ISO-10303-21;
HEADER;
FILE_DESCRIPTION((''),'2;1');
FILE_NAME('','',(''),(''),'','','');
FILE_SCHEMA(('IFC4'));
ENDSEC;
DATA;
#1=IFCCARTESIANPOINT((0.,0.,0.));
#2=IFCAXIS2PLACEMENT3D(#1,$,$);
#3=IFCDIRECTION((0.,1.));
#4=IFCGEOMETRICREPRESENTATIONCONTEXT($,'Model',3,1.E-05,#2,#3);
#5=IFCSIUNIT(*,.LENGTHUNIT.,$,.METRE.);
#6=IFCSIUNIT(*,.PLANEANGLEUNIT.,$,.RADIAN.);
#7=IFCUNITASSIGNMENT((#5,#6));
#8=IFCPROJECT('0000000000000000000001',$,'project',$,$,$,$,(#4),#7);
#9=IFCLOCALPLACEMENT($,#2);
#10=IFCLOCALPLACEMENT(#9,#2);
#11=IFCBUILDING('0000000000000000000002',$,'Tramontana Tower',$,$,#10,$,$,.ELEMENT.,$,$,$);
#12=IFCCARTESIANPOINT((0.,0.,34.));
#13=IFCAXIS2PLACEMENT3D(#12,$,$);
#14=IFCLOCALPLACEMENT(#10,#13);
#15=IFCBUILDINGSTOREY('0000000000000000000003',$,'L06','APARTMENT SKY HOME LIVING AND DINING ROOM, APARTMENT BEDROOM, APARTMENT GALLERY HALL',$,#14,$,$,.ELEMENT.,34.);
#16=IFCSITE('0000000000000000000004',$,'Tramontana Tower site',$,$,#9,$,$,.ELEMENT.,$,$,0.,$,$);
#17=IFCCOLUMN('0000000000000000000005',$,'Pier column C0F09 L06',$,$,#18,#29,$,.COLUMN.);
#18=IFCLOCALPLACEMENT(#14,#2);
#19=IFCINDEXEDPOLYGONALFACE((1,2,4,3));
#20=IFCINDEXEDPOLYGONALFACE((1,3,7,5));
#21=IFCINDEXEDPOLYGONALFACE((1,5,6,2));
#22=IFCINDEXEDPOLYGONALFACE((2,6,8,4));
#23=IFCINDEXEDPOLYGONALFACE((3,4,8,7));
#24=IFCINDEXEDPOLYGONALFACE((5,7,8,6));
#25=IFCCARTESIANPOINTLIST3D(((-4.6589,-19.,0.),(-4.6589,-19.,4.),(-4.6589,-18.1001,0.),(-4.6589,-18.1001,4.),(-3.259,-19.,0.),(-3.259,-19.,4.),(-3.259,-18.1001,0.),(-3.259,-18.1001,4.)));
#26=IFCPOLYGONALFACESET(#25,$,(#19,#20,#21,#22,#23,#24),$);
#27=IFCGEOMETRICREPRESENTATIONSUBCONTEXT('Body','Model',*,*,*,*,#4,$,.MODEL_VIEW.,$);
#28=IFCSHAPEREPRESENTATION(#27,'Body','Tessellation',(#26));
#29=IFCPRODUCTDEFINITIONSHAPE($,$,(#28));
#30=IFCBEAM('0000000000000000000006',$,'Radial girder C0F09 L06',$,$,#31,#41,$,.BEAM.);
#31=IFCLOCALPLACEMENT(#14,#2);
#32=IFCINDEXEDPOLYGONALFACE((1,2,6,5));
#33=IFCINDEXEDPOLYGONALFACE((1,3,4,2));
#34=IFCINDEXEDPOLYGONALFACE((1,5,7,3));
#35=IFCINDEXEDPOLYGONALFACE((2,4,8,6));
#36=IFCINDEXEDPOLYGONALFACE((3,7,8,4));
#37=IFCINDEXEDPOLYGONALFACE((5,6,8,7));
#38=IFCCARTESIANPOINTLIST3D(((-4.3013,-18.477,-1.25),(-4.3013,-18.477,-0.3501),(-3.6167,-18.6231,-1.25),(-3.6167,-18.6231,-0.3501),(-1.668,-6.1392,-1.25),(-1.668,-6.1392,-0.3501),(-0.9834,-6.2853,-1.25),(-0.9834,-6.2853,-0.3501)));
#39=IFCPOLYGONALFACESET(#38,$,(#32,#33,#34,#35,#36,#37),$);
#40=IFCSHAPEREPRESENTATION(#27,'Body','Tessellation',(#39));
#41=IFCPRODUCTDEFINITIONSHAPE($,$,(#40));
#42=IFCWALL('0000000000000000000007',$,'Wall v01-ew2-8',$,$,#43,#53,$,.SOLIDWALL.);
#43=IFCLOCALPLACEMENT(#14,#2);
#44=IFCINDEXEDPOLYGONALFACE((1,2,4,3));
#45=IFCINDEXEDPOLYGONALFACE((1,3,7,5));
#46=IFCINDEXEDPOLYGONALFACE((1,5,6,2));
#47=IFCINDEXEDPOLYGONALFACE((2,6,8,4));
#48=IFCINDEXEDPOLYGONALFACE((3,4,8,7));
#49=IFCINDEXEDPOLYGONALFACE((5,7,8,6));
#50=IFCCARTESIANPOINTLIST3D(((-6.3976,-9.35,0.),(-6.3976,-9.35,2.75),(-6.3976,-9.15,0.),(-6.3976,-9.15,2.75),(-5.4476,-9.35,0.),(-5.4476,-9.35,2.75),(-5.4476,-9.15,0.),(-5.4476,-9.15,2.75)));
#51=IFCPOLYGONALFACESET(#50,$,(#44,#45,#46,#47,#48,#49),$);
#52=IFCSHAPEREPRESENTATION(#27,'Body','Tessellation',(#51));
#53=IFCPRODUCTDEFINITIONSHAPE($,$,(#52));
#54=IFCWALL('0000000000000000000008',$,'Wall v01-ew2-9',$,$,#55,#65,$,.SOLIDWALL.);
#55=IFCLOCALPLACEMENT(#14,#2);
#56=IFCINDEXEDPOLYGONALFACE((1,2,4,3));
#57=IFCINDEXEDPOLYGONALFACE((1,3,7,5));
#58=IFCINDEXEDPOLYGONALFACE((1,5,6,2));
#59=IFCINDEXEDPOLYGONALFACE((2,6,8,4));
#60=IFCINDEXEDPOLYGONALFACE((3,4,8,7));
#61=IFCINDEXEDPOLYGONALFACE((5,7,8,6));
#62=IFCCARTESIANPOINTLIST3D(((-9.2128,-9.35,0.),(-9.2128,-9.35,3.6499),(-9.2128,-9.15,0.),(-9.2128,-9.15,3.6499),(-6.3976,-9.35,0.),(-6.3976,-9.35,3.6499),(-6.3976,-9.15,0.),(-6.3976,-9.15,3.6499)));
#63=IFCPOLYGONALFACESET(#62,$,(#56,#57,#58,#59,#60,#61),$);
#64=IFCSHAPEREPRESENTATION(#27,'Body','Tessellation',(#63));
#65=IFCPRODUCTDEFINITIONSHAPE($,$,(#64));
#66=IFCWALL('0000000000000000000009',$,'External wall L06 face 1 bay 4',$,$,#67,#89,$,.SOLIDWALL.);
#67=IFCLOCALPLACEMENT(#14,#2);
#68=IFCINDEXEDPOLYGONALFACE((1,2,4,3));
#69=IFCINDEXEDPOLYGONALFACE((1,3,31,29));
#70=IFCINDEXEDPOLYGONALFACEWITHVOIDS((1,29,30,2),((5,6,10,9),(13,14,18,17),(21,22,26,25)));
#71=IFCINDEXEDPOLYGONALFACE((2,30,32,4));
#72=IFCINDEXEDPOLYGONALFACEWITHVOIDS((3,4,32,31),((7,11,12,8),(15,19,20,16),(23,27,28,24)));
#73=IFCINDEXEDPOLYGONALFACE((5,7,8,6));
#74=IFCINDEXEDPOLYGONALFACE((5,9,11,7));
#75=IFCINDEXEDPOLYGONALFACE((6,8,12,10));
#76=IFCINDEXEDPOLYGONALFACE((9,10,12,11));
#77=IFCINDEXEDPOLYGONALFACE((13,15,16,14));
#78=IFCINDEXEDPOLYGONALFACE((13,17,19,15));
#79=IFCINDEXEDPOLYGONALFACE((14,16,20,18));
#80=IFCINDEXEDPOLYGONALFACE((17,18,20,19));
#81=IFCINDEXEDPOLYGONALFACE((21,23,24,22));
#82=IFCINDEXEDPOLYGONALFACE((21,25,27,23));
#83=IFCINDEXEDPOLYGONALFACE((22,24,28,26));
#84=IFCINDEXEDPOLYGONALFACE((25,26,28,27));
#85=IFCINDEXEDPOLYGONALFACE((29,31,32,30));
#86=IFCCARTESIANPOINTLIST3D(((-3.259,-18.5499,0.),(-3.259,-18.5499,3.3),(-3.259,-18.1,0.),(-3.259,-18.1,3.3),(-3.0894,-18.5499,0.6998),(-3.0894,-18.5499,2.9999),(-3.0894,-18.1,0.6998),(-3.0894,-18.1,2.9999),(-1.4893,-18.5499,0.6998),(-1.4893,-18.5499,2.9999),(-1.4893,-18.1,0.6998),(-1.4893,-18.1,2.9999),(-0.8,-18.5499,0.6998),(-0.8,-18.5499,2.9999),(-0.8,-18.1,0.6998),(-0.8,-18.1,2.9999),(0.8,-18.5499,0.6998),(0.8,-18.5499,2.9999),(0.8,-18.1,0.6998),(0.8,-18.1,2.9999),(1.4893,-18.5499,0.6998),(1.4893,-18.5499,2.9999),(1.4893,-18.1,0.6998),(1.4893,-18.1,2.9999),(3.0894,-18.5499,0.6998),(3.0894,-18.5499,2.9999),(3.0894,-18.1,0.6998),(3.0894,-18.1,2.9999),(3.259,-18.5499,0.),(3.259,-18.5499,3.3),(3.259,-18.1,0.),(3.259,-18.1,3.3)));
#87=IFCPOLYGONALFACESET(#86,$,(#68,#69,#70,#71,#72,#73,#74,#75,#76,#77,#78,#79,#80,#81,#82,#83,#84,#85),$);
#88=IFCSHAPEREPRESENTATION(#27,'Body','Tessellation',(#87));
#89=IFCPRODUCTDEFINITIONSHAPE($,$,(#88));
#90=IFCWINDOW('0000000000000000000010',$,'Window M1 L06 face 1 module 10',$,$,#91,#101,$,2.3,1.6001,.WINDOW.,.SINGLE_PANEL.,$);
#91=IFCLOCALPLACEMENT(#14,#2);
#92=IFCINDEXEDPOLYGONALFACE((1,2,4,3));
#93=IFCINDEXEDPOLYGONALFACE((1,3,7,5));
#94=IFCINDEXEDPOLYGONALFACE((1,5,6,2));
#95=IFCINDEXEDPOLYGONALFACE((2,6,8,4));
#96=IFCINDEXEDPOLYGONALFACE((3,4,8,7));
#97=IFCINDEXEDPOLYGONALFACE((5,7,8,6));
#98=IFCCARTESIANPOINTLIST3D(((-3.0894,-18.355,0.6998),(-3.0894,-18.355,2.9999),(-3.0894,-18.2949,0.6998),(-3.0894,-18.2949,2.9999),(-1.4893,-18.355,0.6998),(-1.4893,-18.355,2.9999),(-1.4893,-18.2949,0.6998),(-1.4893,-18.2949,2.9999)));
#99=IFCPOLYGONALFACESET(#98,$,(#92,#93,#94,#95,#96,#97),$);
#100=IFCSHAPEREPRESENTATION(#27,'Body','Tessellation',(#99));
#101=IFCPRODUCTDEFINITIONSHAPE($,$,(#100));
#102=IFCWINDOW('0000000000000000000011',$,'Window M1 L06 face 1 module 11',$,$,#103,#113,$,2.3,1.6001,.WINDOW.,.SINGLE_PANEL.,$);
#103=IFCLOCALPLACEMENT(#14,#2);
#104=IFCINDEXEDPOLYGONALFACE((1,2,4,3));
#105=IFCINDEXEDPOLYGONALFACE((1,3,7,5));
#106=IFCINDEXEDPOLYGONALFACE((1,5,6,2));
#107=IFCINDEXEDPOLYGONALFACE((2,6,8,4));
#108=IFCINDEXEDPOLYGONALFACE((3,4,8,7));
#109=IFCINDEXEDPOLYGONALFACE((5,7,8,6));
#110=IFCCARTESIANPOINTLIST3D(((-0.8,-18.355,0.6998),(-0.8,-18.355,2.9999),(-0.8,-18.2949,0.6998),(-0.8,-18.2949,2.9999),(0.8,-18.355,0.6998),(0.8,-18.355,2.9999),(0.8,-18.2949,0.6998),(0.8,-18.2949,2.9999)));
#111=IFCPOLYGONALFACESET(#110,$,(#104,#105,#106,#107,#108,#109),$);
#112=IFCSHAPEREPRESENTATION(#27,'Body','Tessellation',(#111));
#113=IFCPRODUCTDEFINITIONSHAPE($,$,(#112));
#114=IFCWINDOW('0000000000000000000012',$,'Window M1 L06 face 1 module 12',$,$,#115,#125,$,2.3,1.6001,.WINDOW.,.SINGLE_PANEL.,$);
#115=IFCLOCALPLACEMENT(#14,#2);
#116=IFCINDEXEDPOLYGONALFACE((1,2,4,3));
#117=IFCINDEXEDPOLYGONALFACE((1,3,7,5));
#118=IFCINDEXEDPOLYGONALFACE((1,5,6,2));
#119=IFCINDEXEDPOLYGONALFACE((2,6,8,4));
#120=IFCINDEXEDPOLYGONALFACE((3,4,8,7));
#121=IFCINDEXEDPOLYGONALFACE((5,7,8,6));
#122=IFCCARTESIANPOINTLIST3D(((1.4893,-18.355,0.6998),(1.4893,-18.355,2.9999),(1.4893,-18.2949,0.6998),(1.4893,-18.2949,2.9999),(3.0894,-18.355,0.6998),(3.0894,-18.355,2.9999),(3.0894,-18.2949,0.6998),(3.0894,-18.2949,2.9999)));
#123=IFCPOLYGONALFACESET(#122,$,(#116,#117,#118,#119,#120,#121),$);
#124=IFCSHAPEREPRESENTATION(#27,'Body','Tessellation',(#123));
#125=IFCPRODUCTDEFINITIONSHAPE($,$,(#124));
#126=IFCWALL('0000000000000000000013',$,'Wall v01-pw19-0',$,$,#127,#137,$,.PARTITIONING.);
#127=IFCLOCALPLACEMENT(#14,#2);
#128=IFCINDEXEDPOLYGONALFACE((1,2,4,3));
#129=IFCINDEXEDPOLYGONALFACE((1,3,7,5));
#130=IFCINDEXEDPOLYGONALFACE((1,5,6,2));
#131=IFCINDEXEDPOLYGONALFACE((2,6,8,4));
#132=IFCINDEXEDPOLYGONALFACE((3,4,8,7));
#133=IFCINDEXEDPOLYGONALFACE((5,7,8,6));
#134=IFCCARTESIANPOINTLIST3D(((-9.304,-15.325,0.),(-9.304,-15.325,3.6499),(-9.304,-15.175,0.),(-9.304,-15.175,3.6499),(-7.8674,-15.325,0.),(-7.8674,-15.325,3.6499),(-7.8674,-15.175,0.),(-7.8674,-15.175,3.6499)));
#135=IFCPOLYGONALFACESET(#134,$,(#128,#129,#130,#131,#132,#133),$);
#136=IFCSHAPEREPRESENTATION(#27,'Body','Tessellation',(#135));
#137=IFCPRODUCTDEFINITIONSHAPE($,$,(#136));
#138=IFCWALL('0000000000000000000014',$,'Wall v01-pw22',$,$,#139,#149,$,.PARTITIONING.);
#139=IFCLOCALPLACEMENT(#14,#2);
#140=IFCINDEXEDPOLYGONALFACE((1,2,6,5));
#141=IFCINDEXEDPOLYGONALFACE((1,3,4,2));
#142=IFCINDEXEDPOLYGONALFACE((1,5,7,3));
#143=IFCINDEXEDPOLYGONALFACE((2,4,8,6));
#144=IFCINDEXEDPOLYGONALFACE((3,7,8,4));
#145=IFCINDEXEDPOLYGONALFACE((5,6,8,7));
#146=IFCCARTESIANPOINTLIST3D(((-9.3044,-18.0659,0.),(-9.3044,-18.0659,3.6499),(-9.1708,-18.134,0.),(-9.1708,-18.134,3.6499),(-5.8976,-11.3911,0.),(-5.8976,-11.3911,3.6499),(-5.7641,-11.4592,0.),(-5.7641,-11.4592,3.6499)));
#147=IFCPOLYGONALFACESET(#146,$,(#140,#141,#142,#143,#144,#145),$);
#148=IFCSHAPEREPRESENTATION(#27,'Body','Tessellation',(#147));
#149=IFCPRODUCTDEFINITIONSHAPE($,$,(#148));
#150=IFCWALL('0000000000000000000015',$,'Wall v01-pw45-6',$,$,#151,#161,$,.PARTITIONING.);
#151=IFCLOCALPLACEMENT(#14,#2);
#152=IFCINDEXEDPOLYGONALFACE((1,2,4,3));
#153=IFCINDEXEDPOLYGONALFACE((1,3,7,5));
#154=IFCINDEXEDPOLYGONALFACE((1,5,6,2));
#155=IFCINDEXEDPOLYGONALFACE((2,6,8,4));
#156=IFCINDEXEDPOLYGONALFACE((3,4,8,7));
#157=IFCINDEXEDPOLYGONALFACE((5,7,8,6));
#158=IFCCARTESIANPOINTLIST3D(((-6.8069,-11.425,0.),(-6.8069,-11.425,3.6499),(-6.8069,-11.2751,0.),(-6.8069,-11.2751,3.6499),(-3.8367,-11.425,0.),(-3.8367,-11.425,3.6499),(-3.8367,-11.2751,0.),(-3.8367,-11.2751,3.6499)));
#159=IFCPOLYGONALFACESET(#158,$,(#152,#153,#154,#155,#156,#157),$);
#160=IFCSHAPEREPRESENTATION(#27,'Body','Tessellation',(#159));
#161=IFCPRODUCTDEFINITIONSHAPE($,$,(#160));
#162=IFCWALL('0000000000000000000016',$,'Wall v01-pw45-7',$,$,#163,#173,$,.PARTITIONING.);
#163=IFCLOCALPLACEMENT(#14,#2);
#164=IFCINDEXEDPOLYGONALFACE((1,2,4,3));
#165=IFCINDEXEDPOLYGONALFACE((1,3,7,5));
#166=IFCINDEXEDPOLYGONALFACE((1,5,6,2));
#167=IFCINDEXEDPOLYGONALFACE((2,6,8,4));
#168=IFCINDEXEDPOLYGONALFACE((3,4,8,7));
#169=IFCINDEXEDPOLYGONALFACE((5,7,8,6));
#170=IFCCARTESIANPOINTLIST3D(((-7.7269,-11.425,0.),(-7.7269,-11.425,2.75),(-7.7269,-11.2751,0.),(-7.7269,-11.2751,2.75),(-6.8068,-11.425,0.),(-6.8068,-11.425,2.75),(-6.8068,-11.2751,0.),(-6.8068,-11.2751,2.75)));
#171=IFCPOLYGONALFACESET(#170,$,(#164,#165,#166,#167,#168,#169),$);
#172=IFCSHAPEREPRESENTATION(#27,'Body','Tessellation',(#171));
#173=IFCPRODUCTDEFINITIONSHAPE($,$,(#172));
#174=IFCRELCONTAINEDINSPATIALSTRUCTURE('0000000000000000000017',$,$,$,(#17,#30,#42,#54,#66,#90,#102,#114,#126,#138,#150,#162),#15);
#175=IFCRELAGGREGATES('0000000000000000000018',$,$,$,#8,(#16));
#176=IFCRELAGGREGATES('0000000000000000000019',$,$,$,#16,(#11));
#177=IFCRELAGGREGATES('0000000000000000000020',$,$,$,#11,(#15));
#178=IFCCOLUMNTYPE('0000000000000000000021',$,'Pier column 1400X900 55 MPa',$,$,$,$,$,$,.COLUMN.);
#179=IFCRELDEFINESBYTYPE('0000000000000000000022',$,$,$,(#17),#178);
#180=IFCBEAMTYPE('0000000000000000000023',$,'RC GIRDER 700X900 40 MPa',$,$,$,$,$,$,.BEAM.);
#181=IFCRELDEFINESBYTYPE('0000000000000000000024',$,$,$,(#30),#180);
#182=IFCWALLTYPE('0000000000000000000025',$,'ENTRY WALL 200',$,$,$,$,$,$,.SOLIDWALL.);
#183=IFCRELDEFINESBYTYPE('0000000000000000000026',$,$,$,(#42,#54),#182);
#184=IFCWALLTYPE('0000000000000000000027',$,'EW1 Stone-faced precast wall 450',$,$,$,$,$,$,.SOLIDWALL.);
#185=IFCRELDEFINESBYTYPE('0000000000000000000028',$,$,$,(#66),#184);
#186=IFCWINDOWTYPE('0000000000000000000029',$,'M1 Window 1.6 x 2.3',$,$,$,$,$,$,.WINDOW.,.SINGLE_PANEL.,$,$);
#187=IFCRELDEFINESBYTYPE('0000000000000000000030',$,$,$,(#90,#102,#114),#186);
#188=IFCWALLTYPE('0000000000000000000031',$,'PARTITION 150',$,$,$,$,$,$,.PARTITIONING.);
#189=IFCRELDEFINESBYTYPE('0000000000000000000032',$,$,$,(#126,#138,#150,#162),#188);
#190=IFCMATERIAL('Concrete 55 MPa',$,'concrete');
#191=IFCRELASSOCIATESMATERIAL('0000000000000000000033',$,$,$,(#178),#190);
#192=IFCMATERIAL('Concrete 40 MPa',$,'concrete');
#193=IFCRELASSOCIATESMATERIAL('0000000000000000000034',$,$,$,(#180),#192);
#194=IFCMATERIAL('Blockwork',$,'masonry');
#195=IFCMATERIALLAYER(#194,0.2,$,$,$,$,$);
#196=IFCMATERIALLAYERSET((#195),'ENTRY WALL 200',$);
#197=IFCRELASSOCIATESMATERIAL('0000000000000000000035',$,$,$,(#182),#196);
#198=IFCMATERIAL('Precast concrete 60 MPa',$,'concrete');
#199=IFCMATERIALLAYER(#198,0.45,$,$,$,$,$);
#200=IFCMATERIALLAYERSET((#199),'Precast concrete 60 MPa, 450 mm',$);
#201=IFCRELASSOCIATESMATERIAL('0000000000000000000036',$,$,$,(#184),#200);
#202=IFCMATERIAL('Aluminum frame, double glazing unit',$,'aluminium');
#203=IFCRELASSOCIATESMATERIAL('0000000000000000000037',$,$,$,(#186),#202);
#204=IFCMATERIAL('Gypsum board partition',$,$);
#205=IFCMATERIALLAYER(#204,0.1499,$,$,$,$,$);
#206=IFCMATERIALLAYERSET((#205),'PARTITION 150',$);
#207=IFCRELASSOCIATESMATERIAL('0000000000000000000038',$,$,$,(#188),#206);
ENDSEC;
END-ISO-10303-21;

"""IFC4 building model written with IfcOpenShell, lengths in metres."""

from ifc_helpers import new_model, si_unit, direction, frame, frame_2d, origin, origin_2d, place, context, subcontext, project, spatial, rectangle, extrude, material, layer, layer_set, material_profile, profile_set, type_object, element, fill, save


model = new_model("IFC4")

# Units and contexts
model_context = context("Model", 3, precision=1e-05, world=origin(), true_north=direction((0.0, 1.0)))
body_context = subcontext(model_context, "Body", "Model", "MODEL_VIEW")
ifc_project = project(units=[si_unit("LENGTHUNIT", "METRE"), si_unit("PLANEANGLEUNIT", "RADIAN")], contexts=[model_context])

# Site, building, storey
site_placement = place(None, origin())
site = spatial("IfcSite", under=ifc_project, at=site_placement, Name="Tramontana Tower site", CompositionType="ELEMENT", RefElevation=0.0)
building_placement = place(site_placement, origin())
building = spatial("IfcBuilding", under=site, at=building_placement, Name="Tramontana Tower", CompositionType="ELEMENT")
storey_placement = place(building_placement, frame((0.0, 0.0, 34.0)))
storey = spatial("IfcBuildingStorey", under=building, at=storey_placement, Name="L06", Description="APARTMENT SKY HOME LIVING AND DINING ROOM, APARTMENT BEDROOM, APARTMENT GALLERY HALL", CompositionType="ELEMENT", Elevation=34.0)

# Column
ifc_material_1 = material(Name="Concrete 55 MPa", Category="concrete")
ifc_material_profile_1 = material_profile(ifc_material_1, rectangle(XDim=1.3999, YDim=0.8999, at=origin_2d()), Name="Pier column 1400X900 55 MPa")
ifc_profile_set_1 = profile_set([ifc_material_profile_1], Name="Concrete 55 MPa")
column_type = type_object("IfcColumnType", Name="Pier column 1400X900 55 MPa", PredefinedType="COLUMN", material=ifc_profile_set_1)
column_placement = place(storey_placement, frame((-3.959, -18.55, 0.0), z_axis=(0.0, 0.0, 1.0), x_axis=(1.0, 0.0, 0.0)))
element("IfcColumn", 1, at=column_placement, inside=storey, type_object=column_type, Name="Pier column C0F09 L06", PredefinedType="COLUMN", context=body_context, shape_type="SweptSolid", body=[
    extrude(rectangle(XDim=1.3999, YDim=0.8999, at=origin_2d()), origin(), (0.0, 0.0, 1.0), 4.0),
])

# Beam
ifc_material_2 = material(Name="Concrete 40 MPa", Category="concrete")
ifc_material_profile_2 = material_profile(ifc_material_2, rectangle(XDim=0.7, YDim=0.8999, at=origin_2d()), Name="RC GIRDER 700X900 40 MPa")
ifc_profile_set_2 = profile_set([ifc_material_profile_2], Name="Concrete 40 MPa")
beam_type = type_object("IfcBeamType", Name="RC GIRDER 700X900 40 MPa", PredefinedType="BEAM", material=ifc_profile_set_2)
beam_placement = place(storey_placement, frame((-3.959, -18.55, -0.8), z_axis=(0.208731, 0.977973, 0.0), x_axis=(-0.977973, 0.208731, 0.0)))
element("IfcBeam", 2, at=beam_placement, inside=storey, type_object=beam_type, Name="Radial girder C0F09 L06", PredefinedType="BEAM", context=body_context, shape_type="SweptSolid", body=[
    extrude(rectangle(XDim=0.7, YDim=0.8999, at=origin_2d()), origin(), (0.0, 0.0, 1.0), 12.6157),
])

# Walls
ifc_material_3 = material(Name="Blockwork", Category="masonry")
ifc_layer_1 = layer(ifc_material_3, 0.2)
ifc_layer_set_1 = layer_set([ifc_layer_1], Name="ENTRY WALL 200")
wall_type_1 = type_object("IfcWallType", Name="ENTRY WALL 200", PredefinedType="SOLIDWALL", material=ifc_layer_set_1)
wall_1_placement = place(storey_placement, frame((-5.4475, -9.25, 0.0), z_axis=(0.0, 0.0, 1.0), x_axis=(-1.0, 0.0, 0.0)))
element("IfcWall", 3, at=wall_1_placement, inside=storey, type_object=wall_type_1, Name="Wall v01-ew2-8", PredefinedType="SOLIDWALL", context=body_context, shape_type="SweptSolid", body=[
    extrude(rectangle(XDim=0.95, YDim=0.2, at=frame_2d((0.4751, 0.0))), origin(), (0.0, 0.0, 1.0), 2.75),
])
wall_2_placement = place(storey_placement, frame((-6.3975, -9.25, 0.0), z_axis=(0.0, 0.0, 1.0), x_axis=(-1.0, 0.0, 0.0)))
element("IfcWall", 4, at=wall_2_placement, inside=storey, type_object=wall_type_1, Name="Wall v01-ew2-9", PredefinedType="SOLIDWALL", context=body_context, shape_type="SweptSolid", body=[
    extrude(rectangle(XDim=2.8152, YDim=0.2, at=frame_2d((1.4077, 0.0))), origin(), (0.0, 0.0, 1.0), 3.6499),
])

# Wall, openings, windows
ifc_material_4 = material(Name="Precast concrete 60 MPa", Category="concrete")
ifc_layer_2 = layer(ifc_material_4, 0.45)
ifc_layer_set_2 = layer_set([ifc_layer_2], Name="Precast concrete 60 MPa, 450 mm")
wall_type_2 = type_object("IfcWallType", Name="EW1 Stone-faced precast wall 450", PredefinedType="SOLIDWALL", material=ifc_layer_set_2)
wall_3_placement = place(storey_placement, frame((-3.259, -18.325, 0.0), z_axis=(0.0, 0.0, 1.0), x_axis=(1.0, 0.0, 0.0)))
wall_3 = element("IfcWall", 5, at=wall_3_placement, inside=storey, type_object=wall_type_2, Name="External wall L06 face 1 bay 4", PredefinedType="SOLIDWALL", context=body_context, shape_type="SweptSolid", body=[
    extrude(rectangle(XDim=6.5181, YDim=0.45, at=frame_2d((3.259, 0.0))), origin(), (0.0, 0.0, 1.0), 3.3),
])
opening_1_placement = place(wall_3_placement, frame((0.1697, 0.0, 0.7)))
opening_1 = element("IfcOpeningElement", 6, at=opening_1_placement, cuts=wall_3, PredefinedType="OPENING", context=body_context, shape_type="SweptSolid", body=[
    extrude(rectangle(XDim=1.6001, YDim=2.3, at=frame_2d((0.8, 1.1499))), frame((0.0, 0.2349, 0.0), z_axis=(0.0, -1.0, 0.0), x_axis=(1.0, 0.0, 0.0)), (0.0, 0.0, 1.0), 0.47),
])
opening_2_placement = place(wall_3_placement, frame((2.459, 0.0, 0.7)))
opening_2 = element("IfcOpeningElement", 7, at=opening_2_placement, cuts=wall_3, PredefinedType="OPENING", context=body_context, shape_type="SweptSolid", body=[
    extrude(rectangle(XDim=1.6001, YDim=2.3, at=frame_2d((0.8, 1.1499))), frame((0.0, 0.2349, 0.0), z_axis=(0.0, -1.0, 0.0), x_axis=(1.0, 0.0, 0.0)), (0.0, 0.0, 1.0), 0.47),
])
opening_3_placement = place(wall_3_placement, frame((4.7483, 0.0, 0.7)))
opening_3 = element("IfcOpeningElement", 8, at=opening_3_placement, cuts=wall_3, PredefinedType="OPENING", context=body_context, shape_type="SweptSolid", body=[
    extrude(rectangle(XDim=1.6001, YDim=2.3, at=frame_2d((0.8, 1.1499))), frame((0.0, 0.2349, 0.0), z_axis=(0.0, -1.0, 0.0), x_axis=(1.0, 0.0, 0.0)), (0.0, 0.0, 1.0), 0.47),
])
ifc_material_5 = material(Name="Aluminum frame, double glazing unit", Category="aluminium")
window_type = type_object("IfcWindowType", Name="M1 Window 1.6 x 2.3", PartitioningType="SINGLE_PANEL", PredefinedType="WINDOW", material=ifc_material_5)
window_1_placement = place(opening_1_placement, origin())
window_1 = element("IfcWindow", 9, at=window_1_placement, inside=storey, type_object=window_type, Name="Window M1 L06 face 1 module 10", OverallHeight=2.3, OverallWidth=1.6001, PartitioningType="SINGLE_PANEL", PredefinedType="WINDOW", context=body_context, shape_type="SweptSolid", body=[
    extrude(rectangle(XDim=1.6001, YDim=2.3, at=frame_2d((0.8, 1.1499))), frame((0.0, 0.03, 0.0), z_axis=(0.0, -1.0, 0.0), x_axis=(1.0, 0.0, 0.0)), (0.0, 0.0, 1.0), 0.0601),
])
fill(opening_1, window_1)
window_2_placement = place(opening_2_placement, origin())
window_2 = element("IfcWindow", 10, at=window_2_placement, inside=storey, type_object=window_type, Name="Window M1 L06 face 1 module 11", OverallHeight=2.3, OverallWidth=1.6001, PartitioningType="SINGLE_PANEL", PredefinedType="WINDOW", context=body_context, shape_type="SweptSolid", body=[
    extrude(rectangle(XDim=1.6001, YDim=2.3, at=frame_2d((0.8, 1.1499))), frame((0.0, 0.03, 0.0), z_axis=(0.0, -1.0, 0.0), x_axis=(1.0, 0.0, 0.0)), (0.0, 0.0, 1.0), 0.0601),
])
fill(opening_2, window_2)
window_3_placement = place(opening_3_placement, origin())
window_3 = element("IfcWindow", 11, at=window_3_placement, inside=storey, type_object=window_type, Name="Window M1 L06 face 1 module 12", OverallHeight=2.3, OverallWidth=1.6001, PartitioningType="SINGLE_PANEL", PredefinedType="WINDOW", context=body_context, shape_type="SweptSolid", body=[
    extrude(rectangle(XDim=1.6001, YDim=2.3, at=frame_2d((0.8, 1.1499))), frame((0.0, 0.03, 0.0), z_axis=(0.0, -1.0, 0.0), x_axis=(1.0, 0.0, 0.0)), (0.0, 0.0, 1.0), 0.0601),
])
fill(opening_3, window_3)

# Walls
ifc_material_6 = material(Name="Gypsum board partition")
ifc_layer_3 = layer(ifc_material_6, 0.1499)
ifc_layer_set_3 = layer_set([ifc_layer_3], Name="PARTITION 150")
wall_type_3 = type_object("IfcWallType", Name="PARTITION 150", PredefinedType="PARTITIONING", material=ifc_layer_set_3)
wall_4_placement = place(storey_placement, frame((-7.8674, -15.25, 0.0), z_axis=(0.0, 0.0, 1.0), x_axis=(-1.0, 0.0, 0.0)))
element("IfcWall", 12, at=wall_4_placement, inside=storey, type_object=wall_type_3, Name="Wall v01-pw19-0", PredefinedType="PARTITIONING", context=body_context, shape_type="SweptSolid", body=[
    extrude(rectangle(XDim=1.4365, YDim=0.1499, at=frame_2d((0.7183, 0.0))), origin(), (0.0, 0.0, 1.0), 3.6499),
])
wall_5_placement = place(storey_placement, frame((-5.8308, -11.425, 0.0), z_axis=(0.0, 0.0, 1.0), x_axis=(-0.4546, -0.890696, 0.0)))
element("IfcWall", 13, at=wall_5_placement, inside=storey, type_object=wall_type_3, Name="Wall v01-pw22", PredefinedType="PARTITIONING", context=body_context, shape_type="SweptSolid", body=[
    extrude(rectangle(XDim=7.4939, YDim=0.1499, at=frame_2d((3.7471, 0.0))), origin(), (0.0, 0.0, 1.0), 3.6499),
])

# Walls
wall_6_placement = place(storey_placement, frame((-3.8367, -11.3501, 0.0), z_axis=(0.0, 0.0, 1.0), x_axis=(-1.0, 0.0, 0.0)))
element("IfcWall", 14, at=wall_6_placement, inside=storey, type_object=wall_type_3, Name="Wall v01-pw45-6", PredefinedType="PARTITIONING", context=body_context, shape_type="SweptSolid", body=[
    extrude(rectangle(XDim=2.9702, YDim=0.1499, at=frame_2d((1.4851, 0.0))), origin(), (0.0, 0.0, 1.0), 3.6499),
])
wall_7_placement = place(storey_placement, frame((-6.8069, -11.3501, 0.0), z_axis=(0.0, 0.0, 1.0), x_axis=(-1.0, 0.0, 0.0)))
element("IfcWall", 15, at=wall_7_placement, inside=storey, type_object=wall_type_3, Name="Wall v01-pw45-7", PredefinedType="PARTITIONING", context=body_context, shape_type="SweptSolid", body=[
    extrude(rectangle(XDim=0.9202, YDim=0.1499, at=frame_2d((0.46, 0.0))), origin(), (0.0, 0.0, 1.0), 2.75),
])

save(model, "model.ifc")
